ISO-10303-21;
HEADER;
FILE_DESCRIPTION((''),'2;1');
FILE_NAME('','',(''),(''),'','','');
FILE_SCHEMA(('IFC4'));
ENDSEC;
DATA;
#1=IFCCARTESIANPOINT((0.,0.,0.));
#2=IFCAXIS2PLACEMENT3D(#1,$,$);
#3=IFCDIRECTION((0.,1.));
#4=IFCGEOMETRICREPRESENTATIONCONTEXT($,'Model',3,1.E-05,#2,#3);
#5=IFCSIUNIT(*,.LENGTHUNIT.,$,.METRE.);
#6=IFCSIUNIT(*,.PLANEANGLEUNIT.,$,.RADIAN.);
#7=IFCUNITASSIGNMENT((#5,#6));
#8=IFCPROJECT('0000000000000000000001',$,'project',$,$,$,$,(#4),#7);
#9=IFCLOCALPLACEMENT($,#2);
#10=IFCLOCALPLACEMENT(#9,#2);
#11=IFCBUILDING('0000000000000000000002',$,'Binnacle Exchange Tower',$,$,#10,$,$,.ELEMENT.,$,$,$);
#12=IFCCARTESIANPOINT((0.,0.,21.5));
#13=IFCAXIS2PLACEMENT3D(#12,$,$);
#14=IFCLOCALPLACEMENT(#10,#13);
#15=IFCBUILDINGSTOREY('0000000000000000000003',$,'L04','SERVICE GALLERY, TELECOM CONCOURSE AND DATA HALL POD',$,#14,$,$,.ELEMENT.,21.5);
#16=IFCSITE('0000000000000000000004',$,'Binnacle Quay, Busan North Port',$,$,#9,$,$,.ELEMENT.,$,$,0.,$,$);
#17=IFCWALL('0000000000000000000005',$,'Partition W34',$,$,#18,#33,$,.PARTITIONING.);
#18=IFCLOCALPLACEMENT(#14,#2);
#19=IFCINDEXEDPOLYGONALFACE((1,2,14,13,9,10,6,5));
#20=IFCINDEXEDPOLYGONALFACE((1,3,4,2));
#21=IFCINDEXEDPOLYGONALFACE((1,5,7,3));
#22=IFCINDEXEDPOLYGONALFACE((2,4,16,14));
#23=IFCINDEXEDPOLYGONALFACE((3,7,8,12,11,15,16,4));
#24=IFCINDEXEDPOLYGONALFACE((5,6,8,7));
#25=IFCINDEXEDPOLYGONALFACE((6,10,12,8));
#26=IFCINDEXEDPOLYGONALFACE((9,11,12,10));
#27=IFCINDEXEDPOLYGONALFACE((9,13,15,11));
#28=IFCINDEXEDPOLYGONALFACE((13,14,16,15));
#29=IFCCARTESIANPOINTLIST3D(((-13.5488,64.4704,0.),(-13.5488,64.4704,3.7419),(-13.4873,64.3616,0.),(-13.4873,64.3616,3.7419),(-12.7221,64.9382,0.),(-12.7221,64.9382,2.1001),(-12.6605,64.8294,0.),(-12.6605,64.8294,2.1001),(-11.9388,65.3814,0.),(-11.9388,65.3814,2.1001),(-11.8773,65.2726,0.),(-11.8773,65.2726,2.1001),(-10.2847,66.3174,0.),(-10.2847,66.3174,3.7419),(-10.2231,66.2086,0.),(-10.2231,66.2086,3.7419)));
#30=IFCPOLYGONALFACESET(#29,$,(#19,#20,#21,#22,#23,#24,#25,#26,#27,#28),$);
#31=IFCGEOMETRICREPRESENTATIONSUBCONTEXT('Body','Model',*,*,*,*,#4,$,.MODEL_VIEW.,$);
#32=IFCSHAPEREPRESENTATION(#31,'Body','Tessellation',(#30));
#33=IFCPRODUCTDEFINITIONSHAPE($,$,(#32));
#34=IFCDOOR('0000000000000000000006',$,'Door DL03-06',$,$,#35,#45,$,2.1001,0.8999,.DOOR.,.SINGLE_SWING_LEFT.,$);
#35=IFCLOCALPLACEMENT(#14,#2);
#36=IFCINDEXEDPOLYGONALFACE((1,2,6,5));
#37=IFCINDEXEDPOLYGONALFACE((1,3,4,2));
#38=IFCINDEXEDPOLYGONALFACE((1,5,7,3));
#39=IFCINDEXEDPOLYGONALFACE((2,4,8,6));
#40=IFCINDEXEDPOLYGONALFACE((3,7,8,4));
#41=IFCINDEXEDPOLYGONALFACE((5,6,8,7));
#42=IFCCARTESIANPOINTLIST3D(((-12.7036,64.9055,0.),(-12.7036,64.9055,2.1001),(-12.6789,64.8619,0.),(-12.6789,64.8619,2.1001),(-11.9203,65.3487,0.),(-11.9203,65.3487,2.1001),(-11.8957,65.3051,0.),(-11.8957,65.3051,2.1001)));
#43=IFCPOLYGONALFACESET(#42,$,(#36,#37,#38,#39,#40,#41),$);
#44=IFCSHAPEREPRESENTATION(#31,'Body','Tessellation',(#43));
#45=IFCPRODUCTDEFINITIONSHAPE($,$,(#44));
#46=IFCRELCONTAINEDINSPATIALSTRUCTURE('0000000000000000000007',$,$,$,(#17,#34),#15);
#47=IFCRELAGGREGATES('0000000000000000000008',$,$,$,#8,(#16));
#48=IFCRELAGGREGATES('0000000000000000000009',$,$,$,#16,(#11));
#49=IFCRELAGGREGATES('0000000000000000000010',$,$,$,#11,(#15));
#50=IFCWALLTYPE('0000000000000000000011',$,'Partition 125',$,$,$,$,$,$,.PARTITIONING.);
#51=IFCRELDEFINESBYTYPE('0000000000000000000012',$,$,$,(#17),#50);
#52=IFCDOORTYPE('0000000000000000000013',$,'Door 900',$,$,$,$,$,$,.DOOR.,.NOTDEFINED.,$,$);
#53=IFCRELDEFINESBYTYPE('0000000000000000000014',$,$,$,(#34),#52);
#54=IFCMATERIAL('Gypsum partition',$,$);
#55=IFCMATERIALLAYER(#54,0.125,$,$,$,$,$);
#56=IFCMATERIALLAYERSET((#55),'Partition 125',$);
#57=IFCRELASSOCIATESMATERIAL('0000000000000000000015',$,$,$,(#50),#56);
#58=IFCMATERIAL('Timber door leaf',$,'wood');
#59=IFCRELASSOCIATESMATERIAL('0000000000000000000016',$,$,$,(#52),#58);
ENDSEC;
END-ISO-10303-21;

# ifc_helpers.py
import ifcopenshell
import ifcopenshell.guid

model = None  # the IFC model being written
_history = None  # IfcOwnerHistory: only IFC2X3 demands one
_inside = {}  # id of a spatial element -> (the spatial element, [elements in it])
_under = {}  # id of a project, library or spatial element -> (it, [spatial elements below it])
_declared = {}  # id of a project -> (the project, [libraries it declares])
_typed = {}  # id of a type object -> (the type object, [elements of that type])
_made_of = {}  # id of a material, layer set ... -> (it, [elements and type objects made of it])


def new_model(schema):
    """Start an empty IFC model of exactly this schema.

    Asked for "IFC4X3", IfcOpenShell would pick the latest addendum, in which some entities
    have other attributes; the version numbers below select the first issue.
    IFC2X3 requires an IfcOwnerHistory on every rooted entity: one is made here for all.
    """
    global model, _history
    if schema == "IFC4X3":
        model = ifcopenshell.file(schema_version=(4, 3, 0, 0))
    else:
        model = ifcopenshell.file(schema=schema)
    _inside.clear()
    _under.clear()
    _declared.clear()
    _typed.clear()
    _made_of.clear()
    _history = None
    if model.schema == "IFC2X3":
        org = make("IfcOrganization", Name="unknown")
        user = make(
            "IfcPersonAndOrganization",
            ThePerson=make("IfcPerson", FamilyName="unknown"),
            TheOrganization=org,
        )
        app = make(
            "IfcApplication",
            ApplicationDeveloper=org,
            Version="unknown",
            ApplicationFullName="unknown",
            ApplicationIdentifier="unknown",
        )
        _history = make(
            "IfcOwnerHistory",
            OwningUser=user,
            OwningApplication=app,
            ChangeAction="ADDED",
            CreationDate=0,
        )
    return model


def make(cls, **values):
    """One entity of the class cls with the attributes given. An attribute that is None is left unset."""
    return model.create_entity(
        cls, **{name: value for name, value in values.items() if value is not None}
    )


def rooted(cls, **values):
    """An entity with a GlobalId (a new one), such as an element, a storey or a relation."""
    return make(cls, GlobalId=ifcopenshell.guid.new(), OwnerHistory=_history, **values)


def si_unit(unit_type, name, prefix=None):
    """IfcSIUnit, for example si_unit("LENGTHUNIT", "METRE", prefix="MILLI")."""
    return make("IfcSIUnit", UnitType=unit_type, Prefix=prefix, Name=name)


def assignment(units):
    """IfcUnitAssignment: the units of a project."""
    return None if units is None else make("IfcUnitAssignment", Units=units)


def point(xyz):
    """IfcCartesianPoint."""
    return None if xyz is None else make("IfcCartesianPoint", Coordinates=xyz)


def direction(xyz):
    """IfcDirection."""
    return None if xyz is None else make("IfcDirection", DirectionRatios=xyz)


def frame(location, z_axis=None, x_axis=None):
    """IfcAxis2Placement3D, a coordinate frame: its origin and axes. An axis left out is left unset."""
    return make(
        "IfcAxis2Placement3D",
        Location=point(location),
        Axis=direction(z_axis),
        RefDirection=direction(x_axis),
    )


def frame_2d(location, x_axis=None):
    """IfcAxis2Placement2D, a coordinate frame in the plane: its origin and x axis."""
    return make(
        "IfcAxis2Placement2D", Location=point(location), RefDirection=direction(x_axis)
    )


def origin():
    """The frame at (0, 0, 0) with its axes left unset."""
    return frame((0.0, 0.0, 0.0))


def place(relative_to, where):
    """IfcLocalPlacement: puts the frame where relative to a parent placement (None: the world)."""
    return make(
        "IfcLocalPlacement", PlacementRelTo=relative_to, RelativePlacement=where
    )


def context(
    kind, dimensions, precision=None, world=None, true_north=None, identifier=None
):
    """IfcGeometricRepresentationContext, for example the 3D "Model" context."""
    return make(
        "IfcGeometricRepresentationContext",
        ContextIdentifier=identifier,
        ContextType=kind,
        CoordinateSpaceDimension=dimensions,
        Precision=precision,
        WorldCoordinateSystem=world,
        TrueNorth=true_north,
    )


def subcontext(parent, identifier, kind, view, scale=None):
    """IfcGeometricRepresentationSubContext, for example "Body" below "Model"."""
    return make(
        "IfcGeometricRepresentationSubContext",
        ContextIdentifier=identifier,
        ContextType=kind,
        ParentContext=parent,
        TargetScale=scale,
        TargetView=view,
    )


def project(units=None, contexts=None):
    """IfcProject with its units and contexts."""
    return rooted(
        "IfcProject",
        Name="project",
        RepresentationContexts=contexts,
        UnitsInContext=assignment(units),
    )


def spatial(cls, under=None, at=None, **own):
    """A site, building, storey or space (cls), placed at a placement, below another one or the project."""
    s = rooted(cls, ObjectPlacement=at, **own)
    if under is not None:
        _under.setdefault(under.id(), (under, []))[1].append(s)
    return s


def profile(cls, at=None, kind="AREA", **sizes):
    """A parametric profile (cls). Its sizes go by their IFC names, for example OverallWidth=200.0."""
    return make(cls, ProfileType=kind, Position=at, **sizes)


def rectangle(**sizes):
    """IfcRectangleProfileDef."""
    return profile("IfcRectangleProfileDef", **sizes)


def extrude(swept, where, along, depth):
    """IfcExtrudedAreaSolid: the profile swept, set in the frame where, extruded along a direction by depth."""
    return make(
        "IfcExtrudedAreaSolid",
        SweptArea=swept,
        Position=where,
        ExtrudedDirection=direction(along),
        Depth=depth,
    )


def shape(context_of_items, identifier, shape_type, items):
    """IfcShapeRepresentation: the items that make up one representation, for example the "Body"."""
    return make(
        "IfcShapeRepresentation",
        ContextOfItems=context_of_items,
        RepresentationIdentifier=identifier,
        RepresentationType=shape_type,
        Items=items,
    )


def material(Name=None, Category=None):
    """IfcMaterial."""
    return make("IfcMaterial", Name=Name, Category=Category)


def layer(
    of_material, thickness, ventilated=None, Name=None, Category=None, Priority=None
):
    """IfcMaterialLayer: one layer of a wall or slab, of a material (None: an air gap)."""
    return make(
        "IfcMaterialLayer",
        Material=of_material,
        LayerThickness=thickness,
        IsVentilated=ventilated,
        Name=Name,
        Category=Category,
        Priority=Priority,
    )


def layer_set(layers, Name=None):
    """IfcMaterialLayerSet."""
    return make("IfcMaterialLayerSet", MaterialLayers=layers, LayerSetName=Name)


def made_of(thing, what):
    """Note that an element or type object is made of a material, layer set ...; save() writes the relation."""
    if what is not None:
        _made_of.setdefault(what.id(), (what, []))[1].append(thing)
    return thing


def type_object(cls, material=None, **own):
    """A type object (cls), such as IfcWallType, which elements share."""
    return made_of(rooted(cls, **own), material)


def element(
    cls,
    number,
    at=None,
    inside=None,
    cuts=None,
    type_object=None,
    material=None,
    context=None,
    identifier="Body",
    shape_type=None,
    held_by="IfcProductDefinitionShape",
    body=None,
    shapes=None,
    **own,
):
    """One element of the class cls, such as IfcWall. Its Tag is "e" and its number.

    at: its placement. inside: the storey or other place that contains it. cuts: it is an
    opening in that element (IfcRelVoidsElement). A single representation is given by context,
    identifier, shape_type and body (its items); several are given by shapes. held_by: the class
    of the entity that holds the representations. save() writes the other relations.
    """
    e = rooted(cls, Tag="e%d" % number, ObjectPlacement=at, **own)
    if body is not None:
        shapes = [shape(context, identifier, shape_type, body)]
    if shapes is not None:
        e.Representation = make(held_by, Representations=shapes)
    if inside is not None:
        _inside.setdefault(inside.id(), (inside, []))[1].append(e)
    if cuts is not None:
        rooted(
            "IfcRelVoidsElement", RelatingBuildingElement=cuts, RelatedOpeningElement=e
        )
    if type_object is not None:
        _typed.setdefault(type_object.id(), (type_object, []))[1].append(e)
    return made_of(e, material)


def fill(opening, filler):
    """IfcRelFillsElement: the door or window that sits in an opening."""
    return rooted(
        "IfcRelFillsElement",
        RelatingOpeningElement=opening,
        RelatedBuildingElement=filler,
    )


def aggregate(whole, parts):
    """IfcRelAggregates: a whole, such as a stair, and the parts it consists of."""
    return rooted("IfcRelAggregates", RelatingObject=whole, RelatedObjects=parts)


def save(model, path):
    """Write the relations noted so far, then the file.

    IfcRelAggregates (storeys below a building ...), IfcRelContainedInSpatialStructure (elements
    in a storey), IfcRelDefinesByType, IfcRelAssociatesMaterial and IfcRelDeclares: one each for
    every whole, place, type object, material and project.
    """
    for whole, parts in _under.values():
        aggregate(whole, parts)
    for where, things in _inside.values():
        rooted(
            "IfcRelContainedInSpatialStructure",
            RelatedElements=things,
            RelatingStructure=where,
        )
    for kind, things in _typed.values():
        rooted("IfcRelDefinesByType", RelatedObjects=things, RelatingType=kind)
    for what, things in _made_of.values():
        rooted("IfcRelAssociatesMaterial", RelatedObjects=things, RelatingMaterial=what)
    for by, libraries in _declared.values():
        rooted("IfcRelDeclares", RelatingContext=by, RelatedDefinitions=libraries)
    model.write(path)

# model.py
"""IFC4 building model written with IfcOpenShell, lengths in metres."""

from ifc_helpers import new_model, si_unit, direction, frame, frame_2d, origin, place, context, subcontext, project, spatial, rectangle, extrude, material, layer, layer_set, type_object, element, fill, save


model = new_model("IFC4")

# Units and contexts
model_context = context("Model", 3, precision=1e-05, world=origin(), true_north=direction((0.0, 1.0)))
body_context = subcontext(model_context, "Body", "Model", "MODEL_VIEW")
ifc_project = project(units=[si_unit("LENGTHUNIT", "METRE"), si_unit("PLANEANGLEUNIT", "RADIAN")], contexts=[model_context])

# Site, building, storey
site_placement = place(None, origin())
site = spatial("IfcSite", under=ifc_project, at=site_placement, Name="Binnacle Quay, Busan North Port", CompositionType="ELEMENT", RefElevation=0.0)
building_placement = place(site_placement, origin())
building = spatial("IfcBuilding", under=site, at=building_placement, Name="Binnacle Exchange Tower", CompositionType="ELEMENT")
storey_placement = place(building_placement, frame((0.0, 0.0, 21.5)))
storey = spatial("IfcBuildingStorey", under=building, at=storey_placement, Name="L04", Description="SERVICE GALLERY, TELECOM CONCOURSE AND DATA HALL POD", CompositionType="ELEMENT", Elevation=21.5)

# Shared definitions
ifc_material_1 = material(Name="Gypsum partition")
ifc_layer_1 = layer(ifc_material_1, 0.125)
ifc_layer_set_1 = layer_set([ifc_layer_1], Name="Partition 125")
wall_type_1 = type_object("IfcWallType", Name="Partition 125", PredefinedType="PARTITIONING", material=ifc_layer_set_1)

# Wall, opening, door
wall_1_placement = place(storey_placement, frame((-13.5181, 64.416, 0.0), z_axis=(0.0, 0.0, 1.0), x_axis=(0.870338, 0.492454, 0.0)))
wall_1 = element("IfcWall", 1, at=wall_1_placement, inside=storey, type_object=wall_type_1, Name="Partition W34", PredefinedType="PARTITIONING", context=body_context, shape_type="SweptSolid", body=[
    extrude(rectangle(XDim=3.7505, YDim=0.125, at=frame_2d((1.8752, 0.0))), origin(), (0.0, 0.0, 1.0), 3.7419),
])
opening_1_placement = place(wall_1_placement, frame((0.95, 0.0, 0.0)))
opening_1 = element("IfcOpeningElement", 2, at=opening_1_placement, cuts=wall_1, PredefinedType="OPENING", context=body_context, shape_type="SweptSolid", body=[
    extrude(rectangle(XDim=0.8999, YDim=2.1001, at=frame_2d((0.45, 1.05))), frame((0.0, 0.0725, 0.0), z_axis=(0.0, -1.0, 0.0), x_axis=(1.0, 0.0, 0.0)), (0.0, 0.0, 1.0), 0.145),
])
ifc_material_2 = material(Name="Timber door leaf", Category="wood")
door_type_1 = type_object("IfcDoorType", Name="Door 900", OperationType="NOTDEFINED", PredefinedType="DOOR", material=ifc_material_2)
door_1_placement = place(opening_1_placement, origin())
door_1 = element("IfcDoor", 3, at=door_1_placement, inside=storey, type_object=door_type_1, Name="Door DL03-06", OperationType="SINGLE_SWING_LEFT", OverallHeight=2.1001, OverallWidth=0.8999, PredefinedType="DOOR", context=body_context, shape_type="SweptSolid", body=[
    extrude(rectangle(XDim=0.8999, YDim=2.1001, at=frame_2d((0.45, 1.05))), frame((0.0, 0.0249, 0.0), z_axis=(0.0, -1.0, 0.0), x_axis=(1.0, 0.0, 0.0)), (0.0, 0.0, 1.0), 0.05),
])
fill(opening_1, door_1)

save(model, "model.ifc")
